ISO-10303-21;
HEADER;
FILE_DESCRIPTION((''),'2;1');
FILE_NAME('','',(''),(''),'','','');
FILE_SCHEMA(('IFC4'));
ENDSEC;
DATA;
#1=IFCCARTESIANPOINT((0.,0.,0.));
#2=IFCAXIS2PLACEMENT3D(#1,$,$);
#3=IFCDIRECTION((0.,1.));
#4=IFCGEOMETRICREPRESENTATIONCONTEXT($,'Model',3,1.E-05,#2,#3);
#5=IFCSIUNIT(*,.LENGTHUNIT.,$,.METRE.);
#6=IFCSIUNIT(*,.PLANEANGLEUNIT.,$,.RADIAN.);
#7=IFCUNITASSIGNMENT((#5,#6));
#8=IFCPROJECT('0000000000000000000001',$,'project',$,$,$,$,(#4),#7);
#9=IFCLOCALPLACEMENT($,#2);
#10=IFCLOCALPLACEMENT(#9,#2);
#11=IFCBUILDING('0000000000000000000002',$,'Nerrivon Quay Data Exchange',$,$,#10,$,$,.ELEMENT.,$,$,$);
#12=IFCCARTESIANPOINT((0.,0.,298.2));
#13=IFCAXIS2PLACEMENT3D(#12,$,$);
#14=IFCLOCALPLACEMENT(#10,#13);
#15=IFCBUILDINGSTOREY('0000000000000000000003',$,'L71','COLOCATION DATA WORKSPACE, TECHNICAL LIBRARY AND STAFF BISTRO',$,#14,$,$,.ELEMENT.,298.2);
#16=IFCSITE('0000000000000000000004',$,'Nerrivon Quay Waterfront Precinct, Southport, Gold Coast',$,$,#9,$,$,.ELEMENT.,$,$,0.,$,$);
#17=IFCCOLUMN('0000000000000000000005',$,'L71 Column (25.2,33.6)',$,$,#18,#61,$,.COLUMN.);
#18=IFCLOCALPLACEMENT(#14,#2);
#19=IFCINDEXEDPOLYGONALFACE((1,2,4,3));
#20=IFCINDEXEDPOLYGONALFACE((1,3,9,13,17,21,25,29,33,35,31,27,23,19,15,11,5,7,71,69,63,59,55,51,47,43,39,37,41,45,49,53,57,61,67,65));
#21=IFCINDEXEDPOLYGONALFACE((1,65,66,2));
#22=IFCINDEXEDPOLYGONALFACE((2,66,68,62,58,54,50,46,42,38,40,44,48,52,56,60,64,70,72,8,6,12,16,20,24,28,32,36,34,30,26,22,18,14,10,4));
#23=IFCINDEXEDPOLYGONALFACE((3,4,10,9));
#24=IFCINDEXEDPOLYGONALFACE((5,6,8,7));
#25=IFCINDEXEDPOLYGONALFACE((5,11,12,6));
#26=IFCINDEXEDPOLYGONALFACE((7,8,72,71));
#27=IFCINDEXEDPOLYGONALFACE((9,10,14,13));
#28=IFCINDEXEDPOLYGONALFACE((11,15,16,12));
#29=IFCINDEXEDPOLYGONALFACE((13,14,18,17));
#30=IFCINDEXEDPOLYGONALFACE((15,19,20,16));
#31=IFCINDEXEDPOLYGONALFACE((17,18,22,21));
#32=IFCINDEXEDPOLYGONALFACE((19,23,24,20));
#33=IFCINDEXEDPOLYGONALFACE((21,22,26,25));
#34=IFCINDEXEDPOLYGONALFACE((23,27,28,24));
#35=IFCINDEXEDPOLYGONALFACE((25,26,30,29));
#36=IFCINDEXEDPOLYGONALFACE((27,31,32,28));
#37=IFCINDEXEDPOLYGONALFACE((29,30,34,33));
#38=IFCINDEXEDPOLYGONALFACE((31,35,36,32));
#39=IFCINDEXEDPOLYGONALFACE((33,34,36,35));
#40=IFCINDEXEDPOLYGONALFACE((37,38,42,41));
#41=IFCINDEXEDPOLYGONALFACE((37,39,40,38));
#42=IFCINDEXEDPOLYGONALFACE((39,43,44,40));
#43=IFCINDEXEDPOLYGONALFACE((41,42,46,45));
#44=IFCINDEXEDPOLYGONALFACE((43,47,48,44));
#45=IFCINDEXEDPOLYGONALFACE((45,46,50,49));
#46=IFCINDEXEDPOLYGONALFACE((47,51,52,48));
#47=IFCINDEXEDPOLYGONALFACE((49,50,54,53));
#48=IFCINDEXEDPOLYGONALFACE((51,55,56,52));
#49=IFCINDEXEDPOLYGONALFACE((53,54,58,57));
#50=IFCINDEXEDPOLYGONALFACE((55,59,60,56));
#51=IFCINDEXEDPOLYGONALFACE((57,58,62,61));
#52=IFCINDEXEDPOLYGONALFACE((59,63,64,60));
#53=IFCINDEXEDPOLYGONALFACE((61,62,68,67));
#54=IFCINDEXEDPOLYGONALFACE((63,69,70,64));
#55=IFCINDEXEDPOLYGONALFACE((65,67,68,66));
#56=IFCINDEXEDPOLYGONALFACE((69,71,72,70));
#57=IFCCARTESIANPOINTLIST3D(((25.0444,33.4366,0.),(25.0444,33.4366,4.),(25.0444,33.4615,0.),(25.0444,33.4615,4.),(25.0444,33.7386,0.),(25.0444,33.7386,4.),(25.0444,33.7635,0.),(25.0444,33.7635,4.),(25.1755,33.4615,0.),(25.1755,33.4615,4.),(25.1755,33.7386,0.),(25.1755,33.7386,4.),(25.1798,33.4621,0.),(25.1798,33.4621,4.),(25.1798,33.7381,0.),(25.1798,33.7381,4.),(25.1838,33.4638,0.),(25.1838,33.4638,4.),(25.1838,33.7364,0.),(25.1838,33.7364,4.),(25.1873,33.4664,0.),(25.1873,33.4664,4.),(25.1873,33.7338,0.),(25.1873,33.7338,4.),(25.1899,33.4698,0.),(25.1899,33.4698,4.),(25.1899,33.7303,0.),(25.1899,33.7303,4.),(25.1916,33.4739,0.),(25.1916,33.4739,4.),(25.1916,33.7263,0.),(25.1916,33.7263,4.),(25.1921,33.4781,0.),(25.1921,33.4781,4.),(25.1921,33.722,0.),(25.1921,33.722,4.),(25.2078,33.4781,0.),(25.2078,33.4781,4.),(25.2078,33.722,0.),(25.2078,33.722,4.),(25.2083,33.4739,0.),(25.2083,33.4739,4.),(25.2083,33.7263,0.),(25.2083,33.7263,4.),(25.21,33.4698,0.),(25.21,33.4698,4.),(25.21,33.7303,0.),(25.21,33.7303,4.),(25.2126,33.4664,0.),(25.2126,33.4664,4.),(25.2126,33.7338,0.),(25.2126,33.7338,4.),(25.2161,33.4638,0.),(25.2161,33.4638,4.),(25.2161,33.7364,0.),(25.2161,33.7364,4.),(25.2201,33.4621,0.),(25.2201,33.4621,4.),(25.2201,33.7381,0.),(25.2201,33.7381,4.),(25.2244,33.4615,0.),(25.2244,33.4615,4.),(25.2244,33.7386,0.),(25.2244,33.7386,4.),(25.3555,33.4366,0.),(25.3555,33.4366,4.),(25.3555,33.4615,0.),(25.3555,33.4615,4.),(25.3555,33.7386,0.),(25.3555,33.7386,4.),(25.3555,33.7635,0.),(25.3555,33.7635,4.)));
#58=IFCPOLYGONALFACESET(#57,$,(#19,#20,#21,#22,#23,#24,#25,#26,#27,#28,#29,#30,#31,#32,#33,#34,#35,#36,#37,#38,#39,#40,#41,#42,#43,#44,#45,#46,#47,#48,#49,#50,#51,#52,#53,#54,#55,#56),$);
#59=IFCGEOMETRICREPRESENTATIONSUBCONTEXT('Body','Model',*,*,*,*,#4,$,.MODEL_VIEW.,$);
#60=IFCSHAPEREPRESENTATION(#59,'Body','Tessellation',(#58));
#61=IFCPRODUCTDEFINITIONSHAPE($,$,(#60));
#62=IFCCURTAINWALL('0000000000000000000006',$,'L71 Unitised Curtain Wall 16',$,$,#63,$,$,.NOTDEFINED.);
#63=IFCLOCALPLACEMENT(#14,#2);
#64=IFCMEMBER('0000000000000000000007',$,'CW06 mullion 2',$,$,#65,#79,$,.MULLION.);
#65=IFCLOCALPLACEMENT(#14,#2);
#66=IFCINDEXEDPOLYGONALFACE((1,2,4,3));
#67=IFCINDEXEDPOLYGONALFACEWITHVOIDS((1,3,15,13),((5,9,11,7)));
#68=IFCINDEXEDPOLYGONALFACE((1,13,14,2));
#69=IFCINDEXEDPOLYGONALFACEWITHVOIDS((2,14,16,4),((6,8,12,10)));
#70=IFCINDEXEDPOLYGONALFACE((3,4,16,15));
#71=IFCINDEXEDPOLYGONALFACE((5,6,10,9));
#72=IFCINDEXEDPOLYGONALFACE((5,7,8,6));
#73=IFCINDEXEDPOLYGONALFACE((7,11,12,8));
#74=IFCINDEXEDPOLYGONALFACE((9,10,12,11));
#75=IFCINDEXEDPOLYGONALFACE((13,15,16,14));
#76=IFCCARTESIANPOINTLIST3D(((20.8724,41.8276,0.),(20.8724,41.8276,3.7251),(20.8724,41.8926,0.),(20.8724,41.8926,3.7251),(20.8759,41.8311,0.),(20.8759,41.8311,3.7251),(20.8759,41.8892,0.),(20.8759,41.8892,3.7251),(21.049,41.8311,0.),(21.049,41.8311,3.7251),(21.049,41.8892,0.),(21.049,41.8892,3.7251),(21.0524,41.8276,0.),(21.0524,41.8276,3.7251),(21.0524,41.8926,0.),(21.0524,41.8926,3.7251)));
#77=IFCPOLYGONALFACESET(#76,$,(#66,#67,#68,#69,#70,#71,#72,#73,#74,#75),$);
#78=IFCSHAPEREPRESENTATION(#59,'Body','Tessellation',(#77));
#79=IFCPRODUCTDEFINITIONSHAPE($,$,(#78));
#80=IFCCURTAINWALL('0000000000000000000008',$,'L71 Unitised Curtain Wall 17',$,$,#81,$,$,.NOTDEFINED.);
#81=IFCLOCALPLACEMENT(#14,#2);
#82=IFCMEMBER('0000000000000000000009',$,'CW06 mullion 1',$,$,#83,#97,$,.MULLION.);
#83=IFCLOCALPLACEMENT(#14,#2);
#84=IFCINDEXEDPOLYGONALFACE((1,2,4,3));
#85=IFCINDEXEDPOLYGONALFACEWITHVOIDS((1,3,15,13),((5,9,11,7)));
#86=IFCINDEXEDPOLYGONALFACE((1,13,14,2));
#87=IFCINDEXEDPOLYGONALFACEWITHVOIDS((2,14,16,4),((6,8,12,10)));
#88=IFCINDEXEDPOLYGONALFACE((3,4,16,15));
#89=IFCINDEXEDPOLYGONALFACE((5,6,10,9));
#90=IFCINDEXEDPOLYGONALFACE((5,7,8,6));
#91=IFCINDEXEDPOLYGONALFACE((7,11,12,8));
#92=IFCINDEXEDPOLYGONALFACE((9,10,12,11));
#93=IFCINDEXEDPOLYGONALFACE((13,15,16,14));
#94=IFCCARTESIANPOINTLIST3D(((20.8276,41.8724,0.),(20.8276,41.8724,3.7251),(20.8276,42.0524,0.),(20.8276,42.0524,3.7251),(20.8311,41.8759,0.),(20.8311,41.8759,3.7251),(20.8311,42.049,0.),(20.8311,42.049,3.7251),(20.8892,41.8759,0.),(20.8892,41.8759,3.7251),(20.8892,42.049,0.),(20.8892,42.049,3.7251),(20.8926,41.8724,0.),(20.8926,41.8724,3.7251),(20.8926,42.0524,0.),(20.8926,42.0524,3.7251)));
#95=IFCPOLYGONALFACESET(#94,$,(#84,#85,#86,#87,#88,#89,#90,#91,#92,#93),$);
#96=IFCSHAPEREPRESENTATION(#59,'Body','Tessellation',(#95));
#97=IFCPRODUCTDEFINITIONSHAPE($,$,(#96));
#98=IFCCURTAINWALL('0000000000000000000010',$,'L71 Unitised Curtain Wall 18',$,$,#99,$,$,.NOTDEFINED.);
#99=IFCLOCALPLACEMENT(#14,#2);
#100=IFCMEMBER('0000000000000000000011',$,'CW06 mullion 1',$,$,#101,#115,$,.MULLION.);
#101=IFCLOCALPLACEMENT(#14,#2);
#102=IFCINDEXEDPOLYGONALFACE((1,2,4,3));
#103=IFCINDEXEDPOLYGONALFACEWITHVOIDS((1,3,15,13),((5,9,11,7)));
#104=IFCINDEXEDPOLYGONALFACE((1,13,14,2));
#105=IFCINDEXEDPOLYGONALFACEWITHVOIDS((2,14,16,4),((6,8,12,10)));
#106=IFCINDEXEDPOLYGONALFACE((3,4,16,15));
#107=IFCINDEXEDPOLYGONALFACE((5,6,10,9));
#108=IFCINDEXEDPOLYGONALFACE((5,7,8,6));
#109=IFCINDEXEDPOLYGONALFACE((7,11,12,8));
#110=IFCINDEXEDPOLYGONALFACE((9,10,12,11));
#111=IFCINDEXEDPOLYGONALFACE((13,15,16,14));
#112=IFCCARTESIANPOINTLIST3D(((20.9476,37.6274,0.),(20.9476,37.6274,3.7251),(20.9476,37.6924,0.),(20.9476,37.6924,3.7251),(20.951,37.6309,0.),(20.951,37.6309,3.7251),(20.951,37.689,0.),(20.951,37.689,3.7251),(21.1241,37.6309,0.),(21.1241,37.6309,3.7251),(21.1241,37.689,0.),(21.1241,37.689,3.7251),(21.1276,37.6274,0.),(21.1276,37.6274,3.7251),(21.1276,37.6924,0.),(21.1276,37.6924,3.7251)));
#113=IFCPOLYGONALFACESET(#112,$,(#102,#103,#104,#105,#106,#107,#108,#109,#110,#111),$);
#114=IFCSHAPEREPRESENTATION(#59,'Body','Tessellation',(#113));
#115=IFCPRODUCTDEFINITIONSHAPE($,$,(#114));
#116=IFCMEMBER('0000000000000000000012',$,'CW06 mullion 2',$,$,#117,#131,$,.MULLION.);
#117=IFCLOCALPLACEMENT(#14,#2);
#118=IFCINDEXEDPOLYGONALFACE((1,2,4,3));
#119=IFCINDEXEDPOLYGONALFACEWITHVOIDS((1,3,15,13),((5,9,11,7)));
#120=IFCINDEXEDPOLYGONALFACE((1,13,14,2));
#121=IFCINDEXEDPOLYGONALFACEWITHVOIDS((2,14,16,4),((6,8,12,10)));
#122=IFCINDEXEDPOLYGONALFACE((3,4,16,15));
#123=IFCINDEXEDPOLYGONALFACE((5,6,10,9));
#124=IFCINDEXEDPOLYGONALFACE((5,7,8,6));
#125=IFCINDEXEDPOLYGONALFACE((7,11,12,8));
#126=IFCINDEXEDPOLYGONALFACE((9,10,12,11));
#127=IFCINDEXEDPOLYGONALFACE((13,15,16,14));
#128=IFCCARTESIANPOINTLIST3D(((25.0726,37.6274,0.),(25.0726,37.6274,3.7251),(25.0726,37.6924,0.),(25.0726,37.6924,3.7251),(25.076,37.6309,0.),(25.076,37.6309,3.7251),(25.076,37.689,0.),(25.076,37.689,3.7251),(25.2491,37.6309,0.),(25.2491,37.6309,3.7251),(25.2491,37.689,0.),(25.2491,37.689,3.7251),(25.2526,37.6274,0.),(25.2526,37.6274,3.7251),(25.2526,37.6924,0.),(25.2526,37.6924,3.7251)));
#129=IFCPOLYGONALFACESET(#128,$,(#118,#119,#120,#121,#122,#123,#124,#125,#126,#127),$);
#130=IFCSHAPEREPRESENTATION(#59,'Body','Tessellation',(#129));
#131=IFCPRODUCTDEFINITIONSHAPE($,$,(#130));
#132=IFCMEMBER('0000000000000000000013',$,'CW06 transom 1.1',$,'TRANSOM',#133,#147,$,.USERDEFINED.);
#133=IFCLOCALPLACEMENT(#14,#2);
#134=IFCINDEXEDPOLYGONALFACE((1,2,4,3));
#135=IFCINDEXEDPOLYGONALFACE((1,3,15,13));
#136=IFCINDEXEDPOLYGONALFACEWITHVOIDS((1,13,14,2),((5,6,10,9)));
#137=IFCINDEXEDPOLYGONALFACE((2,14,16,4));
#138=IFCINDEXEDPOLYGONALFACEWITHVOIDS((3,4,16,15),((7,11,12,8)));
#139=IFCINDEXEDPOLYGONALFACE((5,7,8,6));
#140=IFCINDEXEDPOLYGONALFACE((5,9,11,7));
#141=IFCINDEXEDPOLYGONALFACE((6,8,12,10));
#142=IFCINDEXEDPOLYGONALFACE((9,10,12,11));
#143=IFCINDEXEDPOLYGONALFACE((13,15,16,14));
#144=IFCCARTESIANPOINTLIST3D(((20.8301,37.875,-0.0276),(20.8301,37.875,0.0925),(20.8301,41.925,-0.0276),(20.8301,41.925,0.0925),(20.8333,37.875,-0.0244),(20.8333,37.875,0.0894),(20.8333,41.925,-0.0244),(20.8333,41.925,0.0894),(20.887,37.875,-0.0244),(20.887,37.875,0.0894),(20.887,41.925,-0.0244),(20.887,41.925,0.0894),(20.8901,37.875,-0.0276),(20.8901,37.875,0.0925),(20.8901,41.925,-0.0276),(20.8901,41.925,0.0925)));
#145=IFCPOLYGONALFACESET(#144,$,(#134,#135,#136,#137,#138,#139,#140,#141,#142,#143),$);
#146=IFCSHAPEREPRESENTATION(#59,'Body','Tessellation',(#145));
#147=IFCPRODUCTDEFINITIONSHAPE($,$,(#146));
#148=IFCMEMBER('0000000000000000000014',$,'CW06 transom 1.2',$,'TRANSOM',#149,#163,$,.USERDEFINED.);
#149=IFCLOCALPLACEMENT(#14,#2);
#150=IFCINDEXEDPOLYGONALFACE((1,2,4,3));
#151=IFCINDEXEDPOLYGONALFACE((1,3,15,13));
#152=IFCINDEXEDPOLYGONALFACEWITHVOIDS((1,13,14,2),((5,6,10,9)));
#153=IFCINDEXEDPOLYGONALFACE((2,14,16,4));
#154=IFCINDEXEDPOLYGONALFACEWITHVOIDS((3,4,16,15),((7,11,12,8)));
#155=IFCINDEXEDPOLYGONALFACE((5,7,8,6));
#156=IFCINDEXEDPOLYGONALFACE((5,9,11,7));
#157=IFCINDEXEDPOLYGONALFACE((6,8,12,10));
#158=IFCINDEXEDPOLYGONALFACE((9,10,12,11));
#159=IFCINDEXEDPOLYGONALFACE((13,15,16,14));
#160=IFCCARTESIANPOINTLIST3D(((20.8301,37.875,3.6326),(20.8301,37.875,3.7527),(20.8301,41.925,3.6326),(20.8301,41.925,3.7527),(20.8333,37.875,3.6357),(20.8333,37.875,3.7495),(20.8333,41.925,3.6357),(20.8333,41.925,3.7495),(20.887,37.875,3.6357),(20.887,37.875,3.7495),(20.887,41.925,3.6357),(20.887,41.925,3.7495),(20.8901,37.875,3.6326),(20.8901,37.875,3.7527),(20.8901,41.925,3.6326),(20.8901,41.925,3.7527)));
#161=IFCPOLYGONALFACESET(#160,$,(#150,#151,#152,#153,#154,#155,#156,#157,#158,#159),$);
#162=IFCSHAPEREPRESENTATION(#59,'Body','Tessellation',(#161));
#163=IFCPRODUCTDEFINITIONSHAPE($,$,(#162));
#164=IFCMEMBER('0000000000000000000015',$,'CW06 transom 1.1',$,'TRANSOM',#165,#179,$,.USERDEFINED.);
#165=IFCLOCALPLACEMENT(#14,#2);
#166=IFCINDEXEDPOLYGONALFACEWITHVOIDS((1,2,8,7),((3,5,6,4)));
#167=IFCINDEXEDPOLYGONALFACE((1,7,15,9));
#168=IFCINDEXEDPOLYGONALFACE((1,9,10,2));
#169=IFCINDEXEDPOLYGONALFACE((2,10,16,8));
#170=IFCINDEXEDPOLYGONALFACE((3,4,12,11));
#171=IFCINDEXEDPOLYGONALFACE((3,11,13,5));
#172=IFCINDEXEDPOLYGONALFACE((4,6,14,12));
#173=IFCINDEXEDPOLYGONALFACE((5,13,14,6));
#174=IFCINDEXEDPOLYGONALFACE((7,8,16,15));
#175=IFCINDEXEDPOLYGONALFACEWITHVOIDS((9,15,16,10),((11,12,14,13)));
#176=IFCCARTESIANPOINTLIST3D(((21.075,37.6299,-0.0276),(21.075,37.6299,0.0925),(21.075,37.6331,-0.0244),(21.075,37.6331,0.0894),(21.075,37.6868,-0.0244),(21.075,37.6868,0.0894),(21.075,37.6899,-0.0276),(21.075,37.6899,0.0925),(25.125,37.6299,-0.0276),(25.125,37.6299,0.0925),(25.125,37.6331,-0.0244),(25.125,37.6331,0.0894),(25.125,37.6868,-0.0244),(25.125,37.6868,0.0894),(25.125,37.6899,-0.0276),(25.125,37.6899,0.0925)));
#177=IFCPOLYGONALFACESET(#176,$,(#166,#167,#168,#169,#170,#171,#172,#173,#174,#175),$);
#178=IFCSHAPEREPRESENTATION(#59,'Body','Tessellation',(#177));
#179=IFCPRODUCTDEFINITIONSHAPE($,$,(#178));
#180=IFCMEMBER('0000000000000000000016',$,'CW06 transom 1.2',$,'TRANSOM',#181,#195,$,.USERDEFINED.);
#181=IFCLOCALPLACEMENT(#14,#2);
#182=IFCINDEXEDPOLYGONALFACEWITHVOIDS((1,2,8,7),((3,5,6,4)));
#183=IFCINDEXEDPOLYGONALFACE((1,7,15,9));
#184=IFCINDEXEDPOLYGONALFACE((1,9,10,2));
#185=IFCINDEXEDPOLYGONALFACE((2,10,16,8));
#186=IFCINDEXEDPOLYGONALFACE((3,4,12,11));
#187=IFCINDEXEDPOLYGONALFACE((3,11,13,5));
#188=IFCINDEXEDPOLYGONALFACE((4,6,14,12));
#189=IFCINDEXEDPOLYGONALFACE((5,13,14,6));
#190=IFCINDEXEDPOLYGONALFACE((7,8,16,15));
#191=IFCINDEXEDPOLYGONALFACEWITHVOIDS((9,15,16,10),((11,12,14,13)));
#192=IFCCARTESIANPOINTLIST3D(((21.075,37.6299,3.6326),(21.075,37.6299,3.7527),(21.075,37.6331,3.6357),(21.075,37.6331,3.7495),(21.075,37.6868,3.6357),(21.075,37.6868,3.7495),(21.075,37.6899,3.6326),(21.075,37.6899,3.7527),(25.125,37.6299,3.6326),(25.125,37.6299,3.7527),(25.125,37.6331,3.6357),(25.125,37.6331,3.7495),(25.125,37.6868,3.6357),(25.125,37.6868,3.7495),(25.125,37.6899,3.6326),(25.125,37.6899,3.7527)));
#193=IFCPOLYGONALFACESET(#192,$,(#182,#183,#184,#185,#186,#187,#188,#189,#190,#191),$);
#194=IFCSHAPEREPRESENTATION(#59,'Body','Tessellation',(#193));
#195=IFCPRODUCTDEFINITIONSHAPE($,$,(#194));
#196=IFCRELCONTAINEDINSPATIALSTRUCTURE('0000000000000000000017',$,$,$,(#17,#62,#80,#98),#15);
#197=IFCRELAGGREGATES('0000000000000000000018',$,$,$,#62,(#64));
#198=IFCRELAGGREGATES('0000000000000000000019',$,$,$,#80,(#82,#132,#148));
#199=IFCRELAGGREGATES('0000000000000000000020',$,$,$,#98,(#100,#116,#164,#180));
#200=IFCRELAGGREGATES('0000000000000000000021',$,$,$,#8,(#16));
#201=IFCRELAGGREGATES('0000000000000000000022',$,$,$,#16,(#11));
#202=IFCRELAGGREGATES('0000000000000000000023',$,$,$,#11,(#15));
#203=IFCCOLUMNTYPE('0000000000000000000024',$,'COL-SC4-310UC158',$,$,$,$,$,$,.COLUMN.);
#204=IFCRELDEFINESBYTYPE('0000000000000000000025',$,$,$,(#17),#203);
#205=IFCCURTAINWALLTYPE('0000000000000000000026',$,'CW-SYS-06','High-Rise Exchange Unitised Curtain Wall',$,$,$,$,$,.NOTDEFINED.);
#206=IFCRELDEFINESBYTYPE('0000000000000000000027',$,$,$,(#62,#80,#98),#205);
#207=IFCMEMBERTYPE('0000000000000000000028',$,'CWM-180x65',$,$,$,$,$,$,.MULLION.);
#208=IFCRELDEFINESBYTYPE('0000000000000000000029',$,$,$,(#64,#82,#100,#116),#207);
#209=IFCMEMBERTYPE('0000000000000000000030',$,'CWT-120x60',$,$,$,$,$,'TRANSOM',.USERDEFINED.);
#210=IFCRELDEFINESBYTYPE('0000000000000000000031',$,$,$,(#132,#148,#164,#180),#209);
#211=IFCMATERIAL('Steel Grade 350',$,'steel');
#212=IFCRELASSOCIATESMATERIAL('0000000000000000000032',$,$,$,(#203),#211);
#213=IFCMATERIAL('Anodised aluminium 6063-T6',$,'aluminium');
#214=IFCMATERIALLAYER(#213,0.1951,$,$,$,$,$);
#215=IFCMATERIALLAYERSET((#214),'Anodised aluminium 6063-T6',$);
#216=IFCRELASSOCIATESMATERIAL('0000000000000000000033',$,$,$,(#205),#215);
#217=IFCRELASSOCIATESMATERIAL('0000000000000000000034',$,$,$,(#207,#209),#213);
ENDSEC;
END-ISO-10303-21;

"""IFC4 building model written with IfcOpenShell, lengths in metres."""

from ifc_helpers import new_model, si_unit, direction, frame, origin, origin_2d, place, context, subcontext, project, spatial, hollow_rectangle, i_section, extrude, material, layer, layer_set, material_profile, profile_set, type_object, element, aggregate, save


model = new_model("IFC4")

# Units and contexts
model_context = context("Model", 3, precision=1e-05, world=origin(), true_north=direction((0.0, 1.0)))
body_context = subcontext(model_context, "Body", "Model", "MODEL_VIEW")
ifc_project = project(units=[si_unit("LENGTHUNIT", "METRE"), si_unit("PLANEANGLEUNIT", "RADIAN")], contexts=[model_context])

# Site, building, storey
site_placement = place(None, origin())
site = spatial("IfcSite", under=ifc_project, at=site_placement, Name="Nerrivon Quay Waterfront Precinct, Southport, Gold Coast", CompositionType="ELEMENT", RefElevation=0.0)
building_placement = place(site_placement, origin())
building = spatial("IfcBuilding", under=site, at=building_placement, Name="Nerrivon Quay Data Exchange", CompositionType="ELEMENT")
storey_placement = place(building_placement, frame((0.0, 0.0, 298.2)))
storey = spatial("IfcBuildingStorey", under=building, at=storey_placement, Name="L71", Description="COLOCATION DATA WORKSPACE, TECHNICAL LIBRARY AND STAFF BISTRO", CompositionType="ELEMENT", Elevation=298.2)

# Column
ifc_material_1 = material(Name="Steel Grade 350", Category="steel")
ifc_material_profile_1 = material_profile(ifc_material_1, i_section(OverallWidth=0.311, OverallDepth=0.3269, WebThickness=0.0156, FlangeThickness=0.0249, FilletRadius=0.0166, at=origin_2d()), Name="310UC158")
ifc_profile_set_1 = profile_set([ifc_material_profile_1], Name="Steel Grade 350")
column_type = type_object("IfcColumnType", Name="COL-SC4-310UC158", PredefinedType="COLUMN", material=ifc_profile_set_1)
column_placement = place(storey_placement, frame((25.2, 33.6001, 0.0), z_axis=(0.0, 0.0, 1.0), x_axis=(1.0, 0.0, 0.0)))
element("IfcColumn", 1, at=column_placement, inside=storey, type_object=column_type, Name="L71 Column (25.2,33.6)", PredefinedType="COLUMN", context=body_context, shape_type="SweptSolid", body=[
    extrude(i_section(OverallWidth=0.311, OverallDepth=0.3269, WebThickness=0.0156, FlangeThickness=0.0249, FilletRadius=0.0166, at=origin_2d()), origin(), (0.0, 0.0, 1.0), 4.0),
])

# Curtain walls, members
ifc_material_2 = material(Name="Anodised aluminium 6063-T6", Category="aluminium")
ifc_layer_1 = layer(ifc_material_2, 0.1951)
ifc_layer_set_1 = layer_set([ifc_layer_1], Name="Anodised aluminium 6063-T6")
curtain_wall_type = type_object("IfcCurtainWallType", Name="CW-SYS-06", Description="High-Rise Exchange Unitised Curtain Wall", PredefinedType="NOTDEFINED", material=ifc_layer_set_1)
curtain_wall_1_placement = place(storey_placement, origin())
curtain_wall_1 = element("IfcCurtainWall", 2, at=curtain_wall_1_placement, inside=storey, type_object=curtain_wall_type, Name="L71 Unitised Curtain Wall 16", PredefinedType="NOTDEFINED")
ifc_material_profile_2 = material_profile(ifc_material_2, hollow_rectangle(XDim=0.0649, YDim=0.1799, WallThickness=0.0034, at=origin_2d()), Name="ALU-MULL-180x65")
ifc_profile_set_2 = profile_set([ifc_material_profile_2], Name="Anodised aluminium 6063-T6")
member_type_1 = type_object("IfcMemberType", Name="CWM-180x65", PredefinedType="MULLION", material=ifc_profile_set_2)
member_1_placement = place(storey_placement, frame((20.9624, 41.8601, 0.0), z_axis=(0.0, 0.0, 1.0), x_axis=(0.0, 1.0, 0.0)))
member_1 = element("IfcMember", 3, at=member_1_placement, type_object=member_type_1, Name="CW06 mullion 2", PredefinedType="MULLION", context=body_context, shape_type="SweptSolid", body=[
    extrude(hollow_rectangle(XDim=0.0649, YDim=0.1799, WallThickness=0.0034, at=origin_2d()), origin(), (0.0, 0.0, 1.0), 3.7251),
])
aggregate(curtain_wall_1, [member_1])
curtain_wall_2_placement = place(storey_placement, origin())
curtain_wall_2 = element("IfcCurtainWall", 4, at=curtain_wall_2_placement, inside=storey, type_object=curtain_wall_type, Name="L71 Unitised Curtain Wall 17", PredefinedType="NOTDEFINED")
member_2_placement = place(storey_placement, frame((20.8601, 41.9624, 0.0), z_axis=(0.0, 0.0, 1.0), x_axis=(1.0, 0.0, 0.0)))
member_2 = element("IfcMember", 5, at=member_2_placement, type_object=member_type_1, Name="CW06 mullion 1", PredefinedType="MULLION", context=body_context, shape_type="SweptSolid", body=[
    extrude(hollow_rectangle(XDim=0.0649, YDim=0.1799, WallThickness=0.0034, at=origin_2d()), origin(), (0.0, 0.0, 1.0), 3.7251),
])

# Curtain wall, members
curtain_wall_3_placement = place(storey_placement, origin())
curtain_wall_3 = element("IfcCurtainWall", 6, at=curtain_wall_3_placement, inside=storey, type_object=curtain_wall_type, Name="L71 Unitised Curtain Wall 18", PredefinedType="NOTDEFINED")
member_3_placement = place(storey_placement, frame((21.0376, 37.6599, 0.0), z_axis=(0.0, 0.0, 1.0), x_axis=(0.0, 1.0, 0.0)))
member_3 = element("IfcMember", 7, at=member_3_placement, type_object=member_type_1, Name="CW06 mullion 1", PredefinedType="MULLION", context=body_context, shape_type="SweptSolid", body=[
    extrude(hollow_rectangle(XDim=0.0649, YDim=0.1799, WallThickness=0.0034, at=origin_2d()), origin(), (0.0, 0.0, 1.0), 3.7251),
])
member_4_placement = place(storey_placement, frame((25.1626, 37.6599, 0.0), z_axis=(0.0, 0.0, 1.0), x_axis=(0.0, 1.0, 0.0)))
member_4 = element("IfcMember", 8, at=member_4_placement, type_object=member_type_1, Name="CW06 mullion 2", PredefinedType="MULLION", context=body_context, shape_type="SweptSolid", body=[
    extrude(hollow_rectangle(XDim=0.0649, YDim=0.1799, WallThickness=0.0034, at=origin_2d()), origin(), (0.0, 0.0, 1.0), 3.7251),
])

# Members
ifc_material_profile_3 = material_profile(ifc_material_2, hollow_rectangle(XDim=0.0601, YDim=0.1201, WallThickness=0.0032, at=origin_2d()), Name="ALU-TRAN-120x60")
ifc_profile_set_3 = profile_set([ifc_material_profile_3], Name="Anodised aluminium 6063-T6")
member_type_2 = type_object("IfcMemberType", Name="CWT-120x60", ElementType="TRANSOM", PredefinedType="USERDEFINED", material=ifc_profile_set_3)
member_5_placement = place(storey_placement, frame((20.8601, 41.925, 0.0325), z_axis=(0.0, -1.0, 0.0), x_axis=(1.0, 0.0, 0.0)))
member_5 = element("IfcMember", 9, at=member_5_placement, type_object=member_type_2, Name="CW06 transom 1.1", ObjectType="TRANSOM", PredefinedType="USERDEFINED", context=body_context, shape_type="SweptSolid", body=[
    extrude(hollow_rectangle(XDim=0.0601, YDim=0.1201, WallThickness=0.0032, at=origin_2d()), origin(), (0.0, 0.0, 1.0), 4.05),
])
member_6_placement = place(storey_placement, frame((20.8601, 41.925, 3.6926), z_axis=(0.0, -1.0, 0.0), x_axis=(1.0, 0.0, 0.0)))
member_6 = element("IfcMember", 10, at=member_6_placement, type_object=member_type_2, Name="CW06 transom 1.2", ObjectType="TRANSOM", PredefinedType="USERDEFINED", context=body_context, shape_type="SweptSolid", body=[
    extrude(hollow_rectangle(XDim=0.0601, YDim=0.1201, WallThickness=0.0032, at=origin_2d()), origin(), (0.0, 0.0, 1.0), 4.05),
])
member_7_placement = place(storey_placement, frame((21.075, 37.6599, 0.0325), z_axis=(1.0, 0.0, 0.0), x_axis=(0.0, 1.0, 0.0)))
member_7 = element("IfcMember", 11, at=member_7_placement, type_object=member_type_2, Name="CW06 transom 1.1", ObjectType="TRANSOM", PredefinedType="USERDEFINED", context=body_context, shape_type="SweptSolid", body=[
    extrude(hollow_rectangle(XDim=0.0601, YDim=0.1201, WallThickness=0.0032, at=origin_2d()), origin(), (0.0, 0.0, 1.0), 4.05),
])
member_8_placement = place(storey_placement, frame((21.075, 37.6599, 3.6926), z_axis=(1.0, 0.0, 0.0), x_axis=(0.0, 1.0, 0.0)))
member_8 = element("IfcMember", 12, at=member_8_placement, type_object=member_type_2, Name="CW06 transom 1.2", ObjectType="TRANSOM", PredefinedType="USERDEFINED", context=body_context, shape_type="SweptSolid", body=[
    extrude(hollow_rectangle(XDim=0.0601, YDim=0.1201, WallThickness=0.0032, at=origin_2d()), origin(), (0.0, 0.0, 1.0), 4.05),
])

aggregate(curtain_wall_2, [member_2, member_5, member_6])
aggregate(curtain_wall_3, [member_3, member_4, member_7, member_8])

save(model, "model.ifc")
